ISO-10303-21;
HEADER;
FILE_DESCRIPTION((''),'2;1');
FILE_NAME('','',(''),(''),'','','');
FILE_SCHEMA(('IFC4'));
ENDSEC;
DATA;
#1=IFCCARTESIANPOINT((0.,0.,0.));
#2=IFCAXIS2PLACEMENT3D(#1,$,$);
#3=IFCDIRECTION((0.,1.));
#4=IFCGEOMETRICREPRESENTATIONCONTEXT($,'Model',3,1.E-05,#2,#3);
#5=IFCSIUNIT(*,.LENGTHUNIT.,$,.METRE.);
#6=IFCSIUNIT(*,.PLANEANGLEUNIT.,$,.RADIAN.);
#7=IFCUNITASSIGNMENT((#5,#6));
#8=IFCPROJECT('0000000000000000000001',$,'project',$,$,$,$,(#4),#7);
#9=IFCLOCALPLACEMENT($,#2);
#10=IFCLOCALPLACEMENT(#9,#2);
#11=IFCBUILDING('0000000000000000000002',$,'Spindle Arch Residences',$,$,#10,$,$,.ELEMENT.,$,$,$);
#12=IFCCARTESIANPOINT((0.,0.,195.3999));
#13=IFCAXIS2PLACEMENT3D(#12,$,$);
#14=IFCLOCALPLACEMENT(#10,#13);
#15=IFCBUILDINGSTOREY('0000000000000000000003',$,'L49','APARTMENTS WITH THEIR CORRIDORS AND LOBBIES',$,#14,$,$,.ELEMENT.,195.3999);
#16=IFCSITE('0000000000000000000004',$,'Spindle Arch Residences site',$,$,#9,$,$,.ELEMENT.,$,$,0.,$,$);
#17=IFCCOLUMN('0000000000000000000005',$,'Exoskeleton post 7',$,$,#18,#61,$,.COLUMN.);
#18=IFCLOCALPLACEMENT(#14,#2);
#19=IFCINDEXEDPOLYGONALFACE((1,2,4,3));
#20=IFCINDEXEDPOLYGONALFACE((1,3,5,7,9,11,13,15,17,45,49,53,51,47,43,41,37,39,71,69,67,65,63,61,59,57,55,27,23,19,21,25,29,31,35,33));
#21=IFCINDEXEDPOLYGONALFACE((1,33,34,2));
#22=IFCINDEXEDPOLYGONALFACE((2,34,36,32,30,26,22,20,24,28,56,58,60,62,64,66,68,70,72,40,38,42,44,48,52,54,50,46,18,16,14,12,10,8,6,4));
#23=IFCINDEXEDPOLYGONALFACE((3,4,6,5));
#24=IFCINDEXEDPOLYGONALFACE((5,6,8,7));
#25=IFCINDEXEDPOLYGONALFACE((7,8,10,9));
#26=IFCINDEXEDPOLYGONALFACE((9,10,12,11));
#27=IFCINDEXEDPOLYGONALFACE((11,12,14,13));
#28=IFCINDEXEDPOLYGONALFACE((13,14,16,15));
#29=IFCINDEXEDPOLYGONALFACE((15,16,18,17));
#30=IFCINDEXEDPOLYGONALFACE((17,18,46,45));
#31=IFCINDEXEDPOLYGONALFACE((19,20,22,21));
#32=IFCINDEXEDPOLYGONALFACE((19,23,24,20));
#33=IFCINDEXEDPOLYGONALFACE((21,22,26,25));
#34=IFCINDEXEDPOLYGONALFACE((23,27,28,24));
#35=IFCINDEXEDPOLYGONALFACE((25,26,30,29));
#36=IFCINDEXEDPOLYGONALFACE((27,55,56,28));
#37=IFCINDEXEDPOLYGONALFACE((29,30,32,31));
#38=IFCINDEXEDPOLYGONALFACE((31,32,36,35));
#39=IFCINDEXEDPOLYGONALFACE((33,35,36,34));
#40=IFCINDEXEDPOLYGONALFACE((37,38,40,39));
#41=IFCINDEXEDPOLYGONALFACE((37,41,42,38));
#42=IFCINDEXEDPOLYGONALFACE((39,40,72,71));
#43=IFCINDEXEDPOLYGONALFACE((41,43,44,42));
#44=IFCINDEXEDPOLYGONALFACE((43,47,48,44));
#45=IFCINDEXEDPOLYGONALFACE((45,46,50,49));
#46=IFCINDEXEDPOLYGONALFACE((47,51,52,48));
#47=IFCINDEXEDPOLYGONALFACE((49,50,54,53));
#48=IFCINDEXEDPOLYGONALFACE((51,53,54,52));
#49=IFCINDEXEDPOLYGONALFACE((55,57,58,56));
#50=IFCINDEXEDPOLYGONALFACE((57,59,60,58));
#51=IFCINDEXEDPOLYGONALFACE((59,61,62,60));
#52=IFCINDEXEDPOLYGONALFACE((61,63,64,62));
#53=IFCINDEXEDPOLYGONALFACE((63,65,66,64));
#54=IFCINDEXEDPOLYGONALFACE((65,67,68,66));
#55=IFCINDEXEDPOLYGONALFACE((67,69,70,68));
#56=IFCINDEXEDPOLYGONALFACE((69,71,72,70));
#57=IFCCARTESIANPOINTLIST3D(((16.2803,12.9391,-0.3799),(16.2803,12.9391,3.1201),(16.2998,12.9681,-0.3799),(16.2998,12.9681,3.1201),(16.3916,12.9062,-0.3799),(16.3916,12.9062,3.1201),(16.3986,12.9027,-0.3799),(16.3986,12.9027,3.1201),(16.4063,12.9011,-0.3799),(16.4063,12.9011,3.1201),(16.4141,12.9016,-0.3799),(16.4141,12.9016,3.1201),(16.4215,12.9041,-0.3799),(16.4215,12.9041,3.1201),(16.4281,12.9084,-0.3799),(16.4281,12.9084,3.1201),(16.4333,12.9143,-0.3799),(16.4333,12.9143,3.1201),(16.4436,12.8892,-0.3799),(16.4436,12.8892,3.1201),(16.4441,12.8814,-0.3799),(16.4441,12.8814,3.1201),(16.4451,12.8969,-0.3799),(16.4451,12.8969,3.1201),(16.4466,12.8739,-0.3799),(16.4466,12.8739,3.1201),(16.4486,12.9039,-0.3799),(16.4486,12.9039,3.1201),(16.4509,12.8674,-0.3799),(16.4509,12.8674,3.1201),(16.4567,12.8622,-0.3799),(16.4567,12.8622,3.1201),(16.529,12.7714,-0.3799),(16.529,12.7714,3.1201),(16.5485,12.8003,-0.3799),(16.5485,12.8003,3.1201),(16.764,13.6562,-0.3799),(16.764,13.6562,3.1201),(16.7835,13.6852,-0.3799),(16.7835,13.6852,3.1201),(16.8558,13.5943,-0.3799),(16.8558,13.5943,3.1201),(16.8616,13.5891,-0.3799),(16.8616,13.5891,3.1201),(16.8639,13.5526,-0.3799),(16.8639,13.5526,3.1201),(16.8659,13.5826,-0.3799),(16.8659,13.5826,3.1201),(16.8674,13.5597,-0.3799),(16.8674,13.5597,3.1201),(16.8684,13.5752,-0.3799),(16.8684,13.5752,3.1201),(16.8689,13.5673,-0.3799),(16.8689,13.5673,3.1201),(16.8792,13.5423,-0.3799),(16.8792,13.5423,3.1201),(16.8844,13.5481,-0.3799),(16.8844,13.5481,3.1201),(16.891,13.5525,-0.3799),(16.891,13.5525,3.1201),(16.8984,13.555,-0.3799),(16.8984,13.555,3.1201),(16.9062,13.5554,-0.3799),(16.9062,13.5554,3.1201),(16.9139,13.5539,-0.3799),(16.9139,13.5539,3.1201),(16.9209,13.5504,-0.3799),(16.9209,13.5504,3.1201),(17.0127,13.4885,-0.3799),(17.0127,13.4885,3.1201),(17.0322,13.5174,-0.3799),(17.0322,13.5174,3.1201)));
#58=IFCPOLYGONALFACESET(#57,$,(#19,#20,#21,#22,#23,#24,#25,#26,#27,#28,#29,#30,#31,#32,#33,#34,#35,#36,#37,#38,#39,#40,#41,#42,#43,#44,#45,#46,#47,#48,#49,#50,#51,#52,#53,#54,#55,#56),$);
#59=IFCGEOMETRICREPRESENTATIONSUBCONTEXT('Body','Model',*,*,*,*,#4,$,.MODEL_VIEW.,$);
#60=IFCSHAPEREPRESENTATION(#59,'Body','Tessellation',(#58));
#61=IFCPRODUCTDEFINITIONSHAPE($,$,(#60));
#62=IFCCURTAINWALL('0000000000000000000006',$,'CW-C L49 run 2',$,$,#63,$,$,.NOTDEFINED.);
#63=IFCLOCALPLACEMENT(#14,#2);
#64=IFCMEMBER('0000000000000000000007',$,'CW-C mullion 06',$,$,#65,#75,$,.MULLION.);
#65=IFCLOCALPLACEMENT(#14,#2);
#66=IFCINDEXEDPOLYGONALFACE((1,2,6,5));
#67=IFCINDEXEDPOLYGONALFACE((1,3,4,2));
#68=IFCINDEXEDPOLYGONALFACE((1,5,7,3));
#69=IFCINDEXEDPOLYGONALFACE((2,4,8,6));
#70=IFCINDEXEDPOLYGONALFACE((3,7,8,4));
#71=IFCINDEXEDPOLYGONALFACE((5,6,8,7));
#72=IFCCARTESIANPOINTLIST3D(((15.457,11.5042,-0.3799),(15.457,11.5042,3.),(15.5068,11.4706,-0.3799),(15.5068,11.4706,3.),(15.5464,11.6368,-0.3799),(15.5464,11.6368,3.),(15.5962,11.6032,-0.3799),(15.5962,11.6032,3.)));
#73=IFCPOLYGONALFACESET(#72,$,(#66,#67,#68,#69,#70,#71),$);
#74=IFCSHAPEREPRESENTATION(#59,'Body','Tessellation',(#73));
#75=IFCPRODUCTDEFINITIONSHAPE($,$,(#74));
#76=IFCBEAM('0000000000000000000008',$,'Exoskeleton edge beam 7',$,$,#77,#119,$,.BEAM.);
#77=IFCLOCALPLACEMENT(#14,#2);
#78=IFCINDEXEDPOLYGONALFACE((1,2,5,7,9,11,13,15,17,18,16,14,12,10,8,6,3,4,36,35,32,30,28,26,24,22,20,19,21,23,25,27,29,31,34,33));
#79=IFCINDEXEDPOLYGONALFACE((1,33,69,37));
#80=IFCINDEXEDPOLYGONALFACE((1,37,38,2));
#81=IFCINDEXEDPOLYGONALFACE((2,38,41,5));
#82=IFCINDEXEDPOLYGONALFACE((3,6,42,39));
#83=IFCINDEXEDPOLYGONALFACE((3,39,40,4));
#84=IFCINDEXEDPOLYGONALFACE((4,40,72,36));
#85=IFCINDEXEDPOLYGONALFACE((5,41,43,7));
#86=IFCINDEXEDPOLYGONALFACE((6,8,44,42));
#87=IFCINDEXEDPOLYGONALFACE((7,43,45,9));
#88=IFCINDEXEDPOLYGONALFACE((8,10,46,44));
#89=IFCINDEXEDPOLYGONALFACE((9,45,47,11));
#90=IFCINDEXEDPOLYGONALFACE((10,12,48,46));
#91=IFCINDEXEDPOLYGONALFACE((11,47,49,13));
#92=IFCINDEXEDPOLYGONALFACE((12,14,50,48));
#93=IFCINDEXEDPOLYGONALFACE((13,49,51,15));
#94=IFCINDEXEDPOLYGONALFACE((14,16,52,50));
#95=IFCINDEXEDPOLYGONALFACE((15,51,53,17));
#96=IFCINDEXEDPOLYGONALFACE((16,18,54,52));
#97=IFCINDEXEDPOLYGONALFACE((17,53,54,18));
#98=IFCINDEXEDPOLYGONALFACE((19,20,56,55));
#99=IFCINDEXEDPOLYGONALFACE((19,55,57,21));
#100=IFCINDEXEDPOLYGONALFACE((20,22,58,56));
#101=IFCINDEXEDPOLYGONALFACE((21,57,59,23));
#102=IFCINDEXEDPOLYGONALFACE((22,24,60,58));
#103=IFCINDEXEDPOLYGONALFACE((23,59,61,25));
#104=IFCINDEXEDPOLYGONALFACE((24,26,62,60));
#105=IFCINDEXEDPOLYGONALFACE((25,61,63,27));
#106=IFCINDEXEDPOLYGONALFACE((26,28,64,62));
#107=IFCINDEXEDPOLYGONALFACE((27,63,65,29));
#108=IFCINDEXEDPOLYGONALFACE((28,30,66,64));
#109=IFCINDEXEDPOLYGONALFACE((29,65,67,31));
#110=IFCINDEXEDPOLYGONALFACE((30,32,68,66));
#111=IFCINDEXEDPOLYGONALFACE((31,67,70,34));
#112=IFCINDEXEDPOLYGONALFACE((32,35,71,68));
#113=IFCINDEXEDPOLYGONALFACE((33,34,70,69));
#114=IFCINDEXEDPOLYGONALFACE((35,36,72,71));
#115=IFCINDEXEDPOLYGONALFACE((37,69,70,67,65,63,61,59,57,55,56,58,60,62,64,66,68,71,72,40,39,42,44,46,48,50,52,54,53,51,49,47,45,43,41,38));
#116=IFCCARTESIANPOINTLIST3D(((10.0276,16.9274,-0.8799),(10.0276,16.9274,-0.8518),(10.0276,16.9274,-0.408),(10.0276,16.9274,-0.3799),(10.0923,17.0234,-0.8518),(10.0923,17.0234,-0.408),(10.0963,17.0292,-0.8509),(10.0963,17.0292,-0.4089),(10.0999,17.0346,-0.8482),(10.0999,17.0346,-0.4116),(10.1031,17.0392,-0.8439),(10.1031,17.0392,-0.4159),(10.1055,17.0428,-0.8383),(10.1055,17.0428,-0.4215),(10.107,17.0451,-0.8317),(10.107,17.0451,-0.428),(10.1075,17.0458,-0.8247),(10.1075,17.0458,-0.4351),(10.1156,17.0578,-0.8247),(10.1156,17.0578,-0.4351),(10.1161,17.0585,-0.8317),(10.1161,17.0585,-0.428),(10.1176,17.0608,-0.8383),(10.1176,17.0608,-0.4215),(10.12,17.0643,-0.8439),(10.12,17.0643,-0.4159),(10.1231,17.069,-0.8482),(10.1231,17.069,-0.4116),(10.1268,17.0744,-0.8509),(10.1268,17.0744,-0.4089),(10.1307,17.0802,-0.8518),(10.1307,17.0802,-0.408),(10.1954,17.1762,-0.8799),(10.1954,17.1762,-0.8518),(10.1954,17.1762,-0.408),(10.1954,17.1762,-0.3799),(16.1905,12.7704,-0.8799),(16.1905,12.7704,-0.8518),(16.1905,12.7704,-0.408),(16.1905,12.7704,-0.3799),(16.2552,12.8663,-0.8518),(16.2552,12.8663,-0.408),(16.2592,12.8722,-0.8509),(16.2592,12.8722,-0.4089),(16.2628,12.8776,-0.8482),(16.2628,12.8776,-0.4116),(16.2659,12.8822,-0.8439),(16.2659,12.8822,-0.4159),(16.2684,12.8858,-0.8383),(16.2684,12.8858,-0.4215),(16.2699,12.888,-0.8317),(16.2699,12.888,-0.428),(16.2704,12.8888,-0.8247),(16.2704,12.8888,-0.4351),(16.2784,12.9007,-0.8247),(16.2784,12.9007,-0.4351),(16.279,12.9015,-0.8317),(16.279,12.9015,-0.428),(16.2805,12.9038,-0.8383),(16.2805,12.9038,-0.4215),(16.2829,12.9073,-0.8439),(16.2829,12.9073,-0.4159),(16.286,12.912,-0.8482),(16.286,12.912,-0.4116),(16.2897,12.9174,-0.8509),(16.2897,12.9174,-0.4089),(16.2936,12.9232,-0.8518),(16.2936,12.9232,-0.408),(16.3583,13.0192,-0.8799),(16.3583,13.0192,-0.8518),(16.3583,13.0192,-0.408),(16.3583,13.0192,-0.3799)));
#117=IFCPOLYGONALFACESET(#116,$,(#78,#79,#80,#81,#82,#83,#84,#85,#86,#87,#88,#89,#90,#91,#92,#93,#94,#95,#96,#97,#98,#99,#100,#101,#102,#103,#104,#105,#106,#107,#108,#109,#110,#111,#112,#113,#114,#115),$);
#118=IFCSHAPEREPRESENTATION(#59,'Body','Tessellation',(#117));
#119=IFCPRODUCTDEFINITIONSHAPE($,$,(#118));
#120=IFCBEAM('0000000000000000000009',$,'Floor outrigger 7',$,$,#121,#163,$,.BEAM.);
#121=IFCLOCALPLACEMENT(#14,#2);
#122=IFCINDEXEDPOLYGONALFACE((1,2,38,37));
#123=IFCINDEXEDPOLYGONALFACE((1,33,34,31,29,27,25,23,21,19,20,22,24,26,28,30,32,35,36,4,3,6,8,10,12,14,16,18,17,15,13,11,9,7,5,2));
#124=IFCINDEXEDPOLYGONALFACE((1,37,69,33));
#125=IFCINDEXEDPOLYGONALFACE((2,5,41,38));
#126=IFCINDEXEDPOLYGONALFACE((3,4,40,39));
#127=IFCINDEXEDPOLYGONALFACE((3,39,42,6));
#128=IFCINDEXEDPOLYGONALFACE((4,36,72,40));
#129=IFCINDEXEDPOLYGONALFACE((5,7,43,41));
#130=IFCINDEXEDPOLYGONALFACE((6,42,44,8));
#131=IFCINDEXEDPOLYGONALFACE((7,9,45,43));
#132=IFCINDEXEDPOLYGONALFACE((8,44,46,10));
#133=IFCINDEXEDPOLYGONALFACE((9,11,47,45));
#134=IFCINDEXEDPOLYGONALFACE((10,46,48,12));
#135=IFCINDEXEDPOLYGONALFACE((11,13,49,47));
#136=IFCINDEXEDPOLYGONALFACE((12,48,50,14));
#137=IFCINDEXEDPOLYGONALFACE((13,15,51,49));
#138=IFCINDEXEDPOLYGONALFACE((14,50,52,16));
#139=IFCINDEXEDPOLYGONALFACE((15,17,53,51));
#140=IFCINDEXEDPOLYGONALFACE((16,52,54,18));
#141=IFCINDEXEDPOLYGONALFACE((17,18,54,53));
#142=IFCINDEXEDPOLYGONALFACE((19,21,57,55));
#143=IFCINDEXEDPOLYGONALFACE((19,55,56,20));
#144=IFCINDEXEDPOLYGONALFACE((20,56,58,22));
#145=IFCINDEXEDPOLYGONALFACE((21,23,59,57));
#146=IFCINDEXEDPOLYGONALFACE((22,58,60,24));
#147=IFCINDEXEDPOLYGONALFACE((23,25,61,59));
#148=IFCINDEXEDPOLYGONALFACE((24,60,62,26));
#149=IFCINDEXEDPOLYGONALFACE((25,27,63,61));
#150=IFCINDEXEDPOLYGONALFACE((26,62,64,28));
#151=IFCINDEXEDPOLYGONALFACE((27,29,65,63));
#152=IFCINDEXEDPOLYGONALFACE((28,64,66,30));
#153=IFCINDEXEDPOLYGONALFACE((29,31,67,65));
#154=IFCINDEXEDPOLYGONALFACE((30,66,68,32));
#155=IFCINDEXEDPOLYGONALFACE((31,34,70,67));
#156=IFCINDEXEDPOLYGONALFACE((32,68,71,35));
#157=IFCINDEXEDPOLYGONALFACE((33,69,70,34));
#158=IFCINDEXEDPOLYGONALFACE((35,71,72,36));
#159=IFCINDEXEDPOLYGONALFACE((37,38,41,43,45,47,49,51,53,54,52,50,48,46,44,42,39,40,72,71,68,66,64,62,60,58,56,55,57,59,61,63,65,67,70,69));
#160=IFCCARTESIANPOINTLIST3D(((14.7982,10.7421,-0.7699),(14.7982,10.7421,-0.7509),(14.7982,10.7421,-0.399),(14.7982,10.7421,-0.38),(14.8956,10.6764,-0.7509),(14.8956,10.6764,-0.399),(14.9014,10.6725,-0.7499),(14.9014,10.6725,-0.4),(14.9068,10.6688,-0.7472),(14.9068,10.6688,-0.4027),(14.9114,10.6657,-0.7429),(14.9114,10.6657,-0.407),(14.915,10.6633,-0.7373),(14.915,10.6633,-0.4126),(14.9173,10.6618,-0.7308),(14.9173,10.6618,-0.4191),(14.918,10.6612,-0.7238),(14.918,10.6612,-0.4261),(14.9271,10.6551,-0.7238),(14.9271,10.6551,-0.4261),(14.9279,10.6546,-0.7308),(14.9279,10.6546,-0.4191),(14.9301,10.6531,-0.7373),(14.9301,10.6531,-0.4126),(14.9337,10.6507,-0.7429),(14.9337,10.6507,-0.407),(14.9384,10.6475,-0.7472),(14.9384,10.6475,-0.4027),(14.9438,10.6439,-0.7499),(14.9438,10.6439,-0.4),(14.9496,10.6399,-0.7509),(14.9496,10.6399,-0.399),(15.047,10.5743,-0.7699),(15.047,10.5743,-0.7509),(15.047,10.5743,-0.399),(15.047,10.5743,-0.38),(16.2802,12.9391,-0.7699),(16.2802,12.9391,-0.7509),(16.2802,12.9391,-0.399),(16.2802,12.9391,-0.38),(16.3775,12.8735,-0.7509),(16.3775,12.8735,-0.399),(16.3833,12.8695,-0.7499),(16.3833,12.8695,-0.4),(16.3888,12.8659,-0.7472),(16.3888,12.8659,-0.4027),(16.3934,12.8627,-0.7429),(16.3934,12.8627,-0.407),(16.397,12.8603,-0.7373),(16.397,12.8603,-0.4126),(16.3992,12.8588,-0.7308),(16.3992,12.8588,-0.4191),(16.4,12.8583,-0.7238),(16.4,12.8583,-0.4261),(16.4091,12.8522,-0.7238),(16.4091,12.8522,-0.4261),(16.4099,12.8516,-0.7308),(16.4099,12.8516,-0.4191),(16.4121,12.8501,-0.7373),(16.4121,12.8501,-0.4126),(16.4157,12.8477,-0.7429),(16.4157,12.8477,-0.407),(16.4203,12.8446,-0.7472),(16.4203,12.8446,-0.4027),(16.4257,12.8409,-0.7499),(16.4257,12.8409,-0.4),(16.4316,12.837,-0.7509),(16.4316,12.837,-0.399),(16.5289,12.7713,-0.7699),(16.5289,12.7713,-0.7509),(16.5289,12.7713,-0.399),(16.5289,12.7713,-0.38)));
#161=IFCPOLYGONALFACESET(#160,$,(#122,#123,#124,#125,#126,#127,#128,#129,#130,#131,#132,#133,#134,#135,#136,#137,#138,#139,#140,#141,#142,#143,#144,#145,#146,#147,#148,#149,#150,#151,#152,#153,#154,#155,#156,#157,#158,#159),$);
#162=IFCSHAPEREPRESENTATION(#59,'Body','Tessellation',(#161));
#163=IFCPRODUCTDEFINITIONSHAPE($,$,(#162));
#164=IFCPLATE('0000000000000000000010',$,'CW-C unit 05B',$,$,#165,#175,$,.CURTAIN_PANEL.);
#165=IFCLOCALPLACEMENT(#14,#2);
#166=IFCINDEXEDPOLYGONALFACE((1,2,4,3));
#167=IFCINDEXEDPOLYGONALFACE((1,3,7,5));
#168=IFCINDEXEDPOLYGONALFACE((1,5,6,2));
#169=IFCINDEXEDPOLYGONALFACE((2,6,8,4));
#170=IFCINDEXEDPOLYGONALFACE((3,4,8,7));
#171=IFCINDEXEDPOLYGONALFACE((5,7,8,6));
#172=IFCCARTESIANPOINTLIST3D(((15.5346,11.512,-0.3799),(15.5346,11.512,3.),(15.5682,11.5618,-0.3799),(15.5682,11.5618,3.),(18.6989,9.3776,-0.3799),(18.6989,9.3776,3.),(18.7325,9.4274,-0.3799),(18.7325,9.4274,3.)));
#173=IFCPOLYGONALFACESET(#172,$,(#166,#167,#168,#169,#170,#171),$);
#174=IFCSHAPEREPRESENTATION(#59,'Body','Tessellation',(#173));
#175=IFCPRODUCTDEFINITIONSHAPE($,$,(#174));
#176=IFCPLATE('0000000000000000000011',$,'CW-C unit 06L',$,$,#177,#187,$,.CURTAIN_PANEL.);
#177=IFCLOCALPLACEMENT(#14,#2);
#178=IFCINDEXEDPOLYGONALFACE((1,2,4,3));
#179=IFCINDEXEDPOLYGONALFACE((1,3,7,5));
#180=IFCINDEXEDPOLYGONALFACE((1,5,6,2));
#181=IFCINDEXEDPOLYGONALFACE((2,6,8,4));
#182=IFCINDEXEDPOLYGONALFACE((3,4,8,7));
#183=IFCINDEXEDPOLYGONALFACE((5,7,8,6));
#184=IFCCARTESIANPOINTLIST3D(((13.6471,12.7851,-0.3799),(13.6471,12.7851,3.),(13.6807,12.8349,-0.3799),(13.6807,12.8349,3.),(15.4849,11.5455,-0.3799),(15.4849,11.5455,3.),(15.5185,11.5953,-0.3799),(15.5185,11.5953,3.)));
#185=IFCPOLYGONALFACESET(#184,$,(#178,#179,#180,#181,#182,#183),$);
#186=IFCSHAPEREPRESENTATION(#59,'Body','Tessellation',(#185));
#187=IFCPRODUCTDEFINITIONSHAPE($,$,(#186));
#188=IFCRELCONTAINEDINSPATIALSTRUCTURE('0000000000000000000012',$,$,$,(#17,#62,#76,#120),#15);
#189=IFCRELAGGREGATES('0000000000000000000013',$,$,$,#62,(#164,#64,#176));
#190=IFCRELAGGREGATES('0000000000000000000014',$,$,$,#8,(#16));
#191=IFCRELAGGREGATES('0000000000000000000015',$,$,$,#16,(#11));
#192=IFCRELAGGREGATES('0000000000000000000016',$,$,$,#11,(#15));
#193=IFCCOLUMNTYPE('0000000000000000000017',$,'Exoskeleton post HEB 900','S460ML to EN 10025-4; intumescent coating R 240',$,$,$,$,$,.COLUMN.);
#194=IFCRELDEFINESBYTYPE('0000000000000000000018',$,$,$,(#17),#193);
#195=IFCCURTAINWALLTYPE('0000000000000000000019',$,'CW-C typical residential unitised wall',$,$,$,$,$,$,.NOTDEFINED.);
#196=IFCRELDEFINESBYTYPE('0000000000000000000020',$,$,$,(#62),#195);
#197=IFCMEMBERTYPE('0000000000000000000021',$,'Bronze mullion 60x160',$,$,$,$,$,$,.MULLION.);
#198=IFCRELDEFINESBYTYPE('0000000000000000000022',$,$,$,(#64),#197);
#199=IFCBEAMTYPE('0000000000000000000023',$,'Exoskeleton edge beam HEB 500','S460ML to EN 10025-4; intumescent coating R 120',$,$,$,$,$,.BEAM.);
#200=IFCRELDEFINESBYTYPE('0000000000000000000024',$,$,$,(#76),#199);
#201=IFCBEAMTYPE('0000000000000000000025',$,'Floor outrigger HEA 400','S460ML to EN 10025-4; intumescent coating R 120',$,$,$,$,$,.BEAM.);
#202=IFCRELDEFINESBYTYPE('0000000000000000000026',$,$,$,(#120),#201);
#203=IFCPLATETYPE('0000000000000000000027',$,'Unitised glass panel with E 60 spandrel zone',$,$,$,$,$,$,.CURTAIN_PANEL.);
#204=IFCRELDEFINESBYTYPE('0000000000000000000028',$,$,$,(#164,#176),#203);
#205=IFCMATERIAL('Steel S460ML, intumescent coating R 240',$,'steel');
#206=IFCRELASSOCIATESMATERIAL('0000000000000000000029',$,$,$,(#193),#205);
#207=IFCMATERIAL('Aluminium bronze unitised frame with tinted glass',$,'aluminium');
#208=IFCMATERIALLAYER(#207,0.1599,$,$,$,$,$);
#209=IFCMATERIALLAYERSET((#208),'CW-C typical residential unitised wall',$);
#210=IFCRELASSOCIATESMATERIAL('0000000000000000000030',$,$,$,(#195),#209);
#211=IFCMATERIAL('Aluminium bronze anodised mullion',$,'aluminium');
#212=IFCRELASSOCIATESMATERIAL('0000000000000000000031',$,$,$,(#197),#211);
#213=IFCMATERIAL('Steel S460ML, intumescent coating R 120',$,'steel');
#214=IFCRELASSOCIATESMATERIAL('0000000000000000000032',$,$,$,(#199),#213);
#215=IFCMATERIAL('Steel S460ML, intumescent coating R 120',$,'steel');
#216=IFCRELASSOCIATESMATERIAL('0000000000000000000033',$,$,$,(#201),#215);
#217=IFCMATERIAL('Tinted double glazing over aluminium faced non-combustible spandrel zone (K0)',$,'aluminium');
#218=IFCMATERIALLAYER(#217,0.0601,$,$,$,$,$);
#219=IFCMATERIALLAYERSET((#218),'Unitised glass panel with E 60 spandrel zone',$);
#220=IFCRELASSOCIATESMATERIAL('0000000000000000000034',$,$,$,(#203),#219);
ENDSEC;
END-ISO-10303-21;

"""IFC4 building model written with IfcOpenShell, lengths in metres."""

from ifc_helpers import new_model, si_unit, direction, frame, origin, origin_2d, place, context, subcontext, project, spatial, rectangle, i_section, extrude, material, layer, layer_set, material_profile, profile_set, type_object, element, aggregate, save


model = new_model("IFC4")

# Units and contexts
model_context = context("Model", 3, precision=1e-05, world=origin(), true_north=direction((0.0, 1.0)))
body_context = subcontext(model_context, "Body", "Model", "MODEL_VIEW")
ifc_project = project(units=[si_unit("LENGTHUNIT", "METRE"), si_unit("PLANEANGLEUNIT", "RADIAN")], contexts=[model_context])

# Site, building, storey
site_placement = place(None, origin())
site = spatial("IfcSite", under=ifc_project, at=site_placement, Name="Spindle Arch Residences site", CompositionType="ELEMENT", RefElevation=0.0)
building_placement = place(site_placement, origin())
building = spatial("IfcBuilding", under=site, at=building_placement, Name="Spindle Arch Residences", CompositionType="ELEMENT")
storey_placement = place(building_placement, frame((0.0, 0.0, 195.3999)))
storey = spatial("IfcBuildingStorey", under=building, at=storey_placement, Name="L49", Description="APARTMENTS WITH THEIR CORRIDORS AND LOBBIES", CompositionType="ELEMENT", Elevation=195.3999)

# Column
ifc_material_1 = material(Name="Steel S460ML, intumescent coating R 240", Category="steel")
ifc_material_profile_1 = material_profile(ifc_material_1, i_section(OverallWidth=0.3, OverallDepth=0.8999, WebThickness=0.0186, FlangeThickness=0.0349, FilletRadius=0.03, at=origin_2d()), Name="HEB 900")
ifc_profile_set_1 = profile_set([ifc_material_profile_1], Name="Steel S460ML, intumescent coating R 240")
column_type = type_object("IfcColumnType", Name="Exoskeleton post HEB 900", Description="S460ML to EN 10025-4; intumescent coating R 240", PredefinedType="COLUMN", material=ifc_profile_set_1)
column_placement = place(storey_placement, frame((16.6562, 13.2283, -0.3799), z_axis=(0.0, 0.0, 1.0), x_axis=(0.829038, -0.559193, 0.0)))
element("IfcColumn", 1, at=column_placement, inside=storey, type_object=column_type, Name="Exoskeleton post 7", PredefinedType="COLUMN", context=body_context, shape_type="SweptSolid", body=[
    extrude(i_section(OverallWidth=0.3, OverallDepth=0.8999, WebThickness=0.0186, FlangeThickness=0.0349, FilletRadius=0.03, at=origin_2d()), origin(), (0.0, 0.0, 1.0), 3.5),
])

# Curtain wall, member
ifc_material_2 = material(Name="Aluminium bronze unitised frame with tinted glass", Category="aluminium")
ifc_layer_1 = layer(ifc_material_2, 0.1599)
ifc_layer_set_1 = layer_set([ifc_layer_1], Name="CW-C typical residential unitised wall")
curtain_wall_type = type_object("IfcCurtainWallType", Name="CW-C typical residential unitised wall", PredefinedType="NOTDEFINED", material=ifc_layer_set_1)
curtain_wall_placement = place(storey_placement, origin())
curtain_wall = element("IfcCurtainWall", 2, at=curtain_wall_placement, inside=storey, type_object=curtain_wall_type, Name="CW-C L49 run 2", PredefinedType="NOTDEFINED")
ifc_material_3 = material(Name="Aluminium bronze anodised mullion", Category="aluminium")
ifc_material_profile_2 = material_profile(ifc_material_3, rectangle(XDim=0.1599, YDim=0.0601, at=origin_2d()), Name="MU 60x160")
ifc_profile_set_2 = profile_set([ifc_material_profile_2], Name="Aluminium bronze anodised mullion")
member_type = type_object("IfcMemberType", Name="Bronze mullion 60x160", PredefinedType="MULLION", material=ifc_profile_set_2)
member_placement = place(storey_placement, frame((15.5266, 11.5537, -0.3799), z_axis=(0.0, 0.0, 1.0), x_axis=(-0.559193, -0.829038, 0.0)))
member = element("IfcMember", 3, at=member_placement, type_object=member_type, Name="CW-C mullion 06", PredefinedType="MULLION", context=body_context, shape_type="SweptSolid", body=[
    extrude(rectangle(XDim=0.1599, YDim=0.0601, at=origin_2d()), origin(), (0.0, 0.0, 1.0), 3.3799),
])

# Beams
ifc_material_4 = material(Name="Steel S460ML, intumescent coating R 120", Category="steel")
ifc_material_profile_3 = material_profile(ifc_material_4, i_section(OverallWidth=0.3, OverallDepth=0.5, WebThickness=0.0144, FlangeThickness=0.0281, FilletRadius=0.0271, at=origin_2d()), Name="HEB 500")
ifc_profile_set_3 = profile_set([ifc_material_profile_3], Name="Steel S460ML, intumescent coating R 120")
beam_type_1 = type_object("IfcBeamType", Name="Exoskeleton edge beam HEB 500", Description="S460ML to EN 10025-4; intumescent coating R 120", PredefinedType="BEAM", material=ifc_profile_set_3)
beam_1_placement = place(storey_placement, frame((16.2744, 12.8948, -0.6299), z_axis=(-0.829032, 0.559202, 0.0), x_axis=(-0.559202, -0.829032, 0.0)))
element("IfcBeam", 4, at=beam_1_placement, inside=storey, type_object=beam_type_1, Name="Exoskeleton edge beam 7", PredefinedType="BEAM", context=body_context, shape_type="SweptSolid", body=[
    extrude(i_section(OverallWidth=0.3, OverallDepth=0.5, WebThickness=0.0144, FlangeThickness=0.0281, FilletRadius=0.0271, at=origin_2d()), origin(), (0.0, 0.0, 1.0), 7.4338),
])
ifc_material_5 = material(Name="Steel S460ML, intumescent coating R 120", Category="steel")
ifc_material_profile_4 = material_profile(ifc_material_5, i_section(OverallWidth=0.3, OverallDepth=0.3899, WebThickness=0.011, FlangeThickness=0.019, FilletRadius=0.0271, at=origin_2d()), Name="HEA 400")
ifc_profile_set_4 = profile_set([ifc_material_profile_4], Name="Steel S460ML, intumescent coating R 120")
beam_type_2 = type_object("IfcBeamType", Name="Floor outrigger HEA 400", Description="S460ML to EN 10025-4; intumescent coating R 120", PredefinedType="BEAM", material=ifc_profile_set_4)
beam_2_placement = place(storey_placement, frame((16.4045, 12.8552, -0.575), z_axis=(-0.559199, -0.829033, 0.0), x_axis=(0.829033, -0.559199, 0.0)))
element("IfcBeam", 5, at=beam_2_placement, inside=storey, type_object=beam_type_2, Name="Floor outrigger 7", PredefinedType="BEAM", context=body_context, shape_type="SweptSolid", body=[
    extrude(i_section(OverallWidth=0.3, OverallDepth=0.3899, WebThickness=0.011, FlangeThickness=0.019, FilletRadius=0.0271, at=origin_2d()), origin(), (0.0, 0.0, 1.0), 2.6501),
])

# Plates
ifc_material_6 = material(Name="Tinted double glazing over aluminium faced non-combustible spandrel zone (K0)", Category="aluminium")
ifc_layer_2 = layer(ifc_material_6, 0.0601)
ifc_layer_set_2 = layer_set([ifc_layer_2], Name="Unitised glass panel with E 60 spandrel zone")
plate_type = type_object("IfcPlateType", Name="Unitised glass panel with E 60 spandrel zone", PredefinedType="CURTAIN_PANEL", material=ifc_layer_set_2)
plate_1_placement = place(storey_placement, frame((17.1335, 10.4697, -0.3799), z_axis=(0.0, 0.0, 1.0), x_axis=(-0.829038, 0.559193, 0.0)))
plate_1 = element("IfcPlate", 6, at=plate_1_placement, type_object=plate_type, Name="CW-C unit 05B", PredefinedType="CURTAIN_PANEL", context=body_context, shape_type="SweptSolid", body=[
    extrude(rectangle(XDim=3.8169, YDim=0.0601, at=origin_2d()), origin(), (0.0, 0.0, 1.0), 3.3799),
])
plate_2_placement = place(storey_placement, frame((14.5828, 12.1902, -0.3799), z_axis=(0.0, 0.0, 1.0), x_axis=(-0.829038, 0.559193, 0.0)))
plate_2 = element("IfcPlate", 7, at=plate_2_placement, type_object=plate_type, Name="CW-C unit 06L", PredefinedType="CURTAIN_PANEL", context=body_context, shape_type="SweptSolid", body=[
    extrude(rectangle(XDim=2.2168, YDim=0.0601, at=origin_2d()), origin(), (0.0, 0.0, 1.0), 3.3799),
])
aggregate(curtain_wall, [plate_1, member, plate_2])

save(model, "model.ifc")
